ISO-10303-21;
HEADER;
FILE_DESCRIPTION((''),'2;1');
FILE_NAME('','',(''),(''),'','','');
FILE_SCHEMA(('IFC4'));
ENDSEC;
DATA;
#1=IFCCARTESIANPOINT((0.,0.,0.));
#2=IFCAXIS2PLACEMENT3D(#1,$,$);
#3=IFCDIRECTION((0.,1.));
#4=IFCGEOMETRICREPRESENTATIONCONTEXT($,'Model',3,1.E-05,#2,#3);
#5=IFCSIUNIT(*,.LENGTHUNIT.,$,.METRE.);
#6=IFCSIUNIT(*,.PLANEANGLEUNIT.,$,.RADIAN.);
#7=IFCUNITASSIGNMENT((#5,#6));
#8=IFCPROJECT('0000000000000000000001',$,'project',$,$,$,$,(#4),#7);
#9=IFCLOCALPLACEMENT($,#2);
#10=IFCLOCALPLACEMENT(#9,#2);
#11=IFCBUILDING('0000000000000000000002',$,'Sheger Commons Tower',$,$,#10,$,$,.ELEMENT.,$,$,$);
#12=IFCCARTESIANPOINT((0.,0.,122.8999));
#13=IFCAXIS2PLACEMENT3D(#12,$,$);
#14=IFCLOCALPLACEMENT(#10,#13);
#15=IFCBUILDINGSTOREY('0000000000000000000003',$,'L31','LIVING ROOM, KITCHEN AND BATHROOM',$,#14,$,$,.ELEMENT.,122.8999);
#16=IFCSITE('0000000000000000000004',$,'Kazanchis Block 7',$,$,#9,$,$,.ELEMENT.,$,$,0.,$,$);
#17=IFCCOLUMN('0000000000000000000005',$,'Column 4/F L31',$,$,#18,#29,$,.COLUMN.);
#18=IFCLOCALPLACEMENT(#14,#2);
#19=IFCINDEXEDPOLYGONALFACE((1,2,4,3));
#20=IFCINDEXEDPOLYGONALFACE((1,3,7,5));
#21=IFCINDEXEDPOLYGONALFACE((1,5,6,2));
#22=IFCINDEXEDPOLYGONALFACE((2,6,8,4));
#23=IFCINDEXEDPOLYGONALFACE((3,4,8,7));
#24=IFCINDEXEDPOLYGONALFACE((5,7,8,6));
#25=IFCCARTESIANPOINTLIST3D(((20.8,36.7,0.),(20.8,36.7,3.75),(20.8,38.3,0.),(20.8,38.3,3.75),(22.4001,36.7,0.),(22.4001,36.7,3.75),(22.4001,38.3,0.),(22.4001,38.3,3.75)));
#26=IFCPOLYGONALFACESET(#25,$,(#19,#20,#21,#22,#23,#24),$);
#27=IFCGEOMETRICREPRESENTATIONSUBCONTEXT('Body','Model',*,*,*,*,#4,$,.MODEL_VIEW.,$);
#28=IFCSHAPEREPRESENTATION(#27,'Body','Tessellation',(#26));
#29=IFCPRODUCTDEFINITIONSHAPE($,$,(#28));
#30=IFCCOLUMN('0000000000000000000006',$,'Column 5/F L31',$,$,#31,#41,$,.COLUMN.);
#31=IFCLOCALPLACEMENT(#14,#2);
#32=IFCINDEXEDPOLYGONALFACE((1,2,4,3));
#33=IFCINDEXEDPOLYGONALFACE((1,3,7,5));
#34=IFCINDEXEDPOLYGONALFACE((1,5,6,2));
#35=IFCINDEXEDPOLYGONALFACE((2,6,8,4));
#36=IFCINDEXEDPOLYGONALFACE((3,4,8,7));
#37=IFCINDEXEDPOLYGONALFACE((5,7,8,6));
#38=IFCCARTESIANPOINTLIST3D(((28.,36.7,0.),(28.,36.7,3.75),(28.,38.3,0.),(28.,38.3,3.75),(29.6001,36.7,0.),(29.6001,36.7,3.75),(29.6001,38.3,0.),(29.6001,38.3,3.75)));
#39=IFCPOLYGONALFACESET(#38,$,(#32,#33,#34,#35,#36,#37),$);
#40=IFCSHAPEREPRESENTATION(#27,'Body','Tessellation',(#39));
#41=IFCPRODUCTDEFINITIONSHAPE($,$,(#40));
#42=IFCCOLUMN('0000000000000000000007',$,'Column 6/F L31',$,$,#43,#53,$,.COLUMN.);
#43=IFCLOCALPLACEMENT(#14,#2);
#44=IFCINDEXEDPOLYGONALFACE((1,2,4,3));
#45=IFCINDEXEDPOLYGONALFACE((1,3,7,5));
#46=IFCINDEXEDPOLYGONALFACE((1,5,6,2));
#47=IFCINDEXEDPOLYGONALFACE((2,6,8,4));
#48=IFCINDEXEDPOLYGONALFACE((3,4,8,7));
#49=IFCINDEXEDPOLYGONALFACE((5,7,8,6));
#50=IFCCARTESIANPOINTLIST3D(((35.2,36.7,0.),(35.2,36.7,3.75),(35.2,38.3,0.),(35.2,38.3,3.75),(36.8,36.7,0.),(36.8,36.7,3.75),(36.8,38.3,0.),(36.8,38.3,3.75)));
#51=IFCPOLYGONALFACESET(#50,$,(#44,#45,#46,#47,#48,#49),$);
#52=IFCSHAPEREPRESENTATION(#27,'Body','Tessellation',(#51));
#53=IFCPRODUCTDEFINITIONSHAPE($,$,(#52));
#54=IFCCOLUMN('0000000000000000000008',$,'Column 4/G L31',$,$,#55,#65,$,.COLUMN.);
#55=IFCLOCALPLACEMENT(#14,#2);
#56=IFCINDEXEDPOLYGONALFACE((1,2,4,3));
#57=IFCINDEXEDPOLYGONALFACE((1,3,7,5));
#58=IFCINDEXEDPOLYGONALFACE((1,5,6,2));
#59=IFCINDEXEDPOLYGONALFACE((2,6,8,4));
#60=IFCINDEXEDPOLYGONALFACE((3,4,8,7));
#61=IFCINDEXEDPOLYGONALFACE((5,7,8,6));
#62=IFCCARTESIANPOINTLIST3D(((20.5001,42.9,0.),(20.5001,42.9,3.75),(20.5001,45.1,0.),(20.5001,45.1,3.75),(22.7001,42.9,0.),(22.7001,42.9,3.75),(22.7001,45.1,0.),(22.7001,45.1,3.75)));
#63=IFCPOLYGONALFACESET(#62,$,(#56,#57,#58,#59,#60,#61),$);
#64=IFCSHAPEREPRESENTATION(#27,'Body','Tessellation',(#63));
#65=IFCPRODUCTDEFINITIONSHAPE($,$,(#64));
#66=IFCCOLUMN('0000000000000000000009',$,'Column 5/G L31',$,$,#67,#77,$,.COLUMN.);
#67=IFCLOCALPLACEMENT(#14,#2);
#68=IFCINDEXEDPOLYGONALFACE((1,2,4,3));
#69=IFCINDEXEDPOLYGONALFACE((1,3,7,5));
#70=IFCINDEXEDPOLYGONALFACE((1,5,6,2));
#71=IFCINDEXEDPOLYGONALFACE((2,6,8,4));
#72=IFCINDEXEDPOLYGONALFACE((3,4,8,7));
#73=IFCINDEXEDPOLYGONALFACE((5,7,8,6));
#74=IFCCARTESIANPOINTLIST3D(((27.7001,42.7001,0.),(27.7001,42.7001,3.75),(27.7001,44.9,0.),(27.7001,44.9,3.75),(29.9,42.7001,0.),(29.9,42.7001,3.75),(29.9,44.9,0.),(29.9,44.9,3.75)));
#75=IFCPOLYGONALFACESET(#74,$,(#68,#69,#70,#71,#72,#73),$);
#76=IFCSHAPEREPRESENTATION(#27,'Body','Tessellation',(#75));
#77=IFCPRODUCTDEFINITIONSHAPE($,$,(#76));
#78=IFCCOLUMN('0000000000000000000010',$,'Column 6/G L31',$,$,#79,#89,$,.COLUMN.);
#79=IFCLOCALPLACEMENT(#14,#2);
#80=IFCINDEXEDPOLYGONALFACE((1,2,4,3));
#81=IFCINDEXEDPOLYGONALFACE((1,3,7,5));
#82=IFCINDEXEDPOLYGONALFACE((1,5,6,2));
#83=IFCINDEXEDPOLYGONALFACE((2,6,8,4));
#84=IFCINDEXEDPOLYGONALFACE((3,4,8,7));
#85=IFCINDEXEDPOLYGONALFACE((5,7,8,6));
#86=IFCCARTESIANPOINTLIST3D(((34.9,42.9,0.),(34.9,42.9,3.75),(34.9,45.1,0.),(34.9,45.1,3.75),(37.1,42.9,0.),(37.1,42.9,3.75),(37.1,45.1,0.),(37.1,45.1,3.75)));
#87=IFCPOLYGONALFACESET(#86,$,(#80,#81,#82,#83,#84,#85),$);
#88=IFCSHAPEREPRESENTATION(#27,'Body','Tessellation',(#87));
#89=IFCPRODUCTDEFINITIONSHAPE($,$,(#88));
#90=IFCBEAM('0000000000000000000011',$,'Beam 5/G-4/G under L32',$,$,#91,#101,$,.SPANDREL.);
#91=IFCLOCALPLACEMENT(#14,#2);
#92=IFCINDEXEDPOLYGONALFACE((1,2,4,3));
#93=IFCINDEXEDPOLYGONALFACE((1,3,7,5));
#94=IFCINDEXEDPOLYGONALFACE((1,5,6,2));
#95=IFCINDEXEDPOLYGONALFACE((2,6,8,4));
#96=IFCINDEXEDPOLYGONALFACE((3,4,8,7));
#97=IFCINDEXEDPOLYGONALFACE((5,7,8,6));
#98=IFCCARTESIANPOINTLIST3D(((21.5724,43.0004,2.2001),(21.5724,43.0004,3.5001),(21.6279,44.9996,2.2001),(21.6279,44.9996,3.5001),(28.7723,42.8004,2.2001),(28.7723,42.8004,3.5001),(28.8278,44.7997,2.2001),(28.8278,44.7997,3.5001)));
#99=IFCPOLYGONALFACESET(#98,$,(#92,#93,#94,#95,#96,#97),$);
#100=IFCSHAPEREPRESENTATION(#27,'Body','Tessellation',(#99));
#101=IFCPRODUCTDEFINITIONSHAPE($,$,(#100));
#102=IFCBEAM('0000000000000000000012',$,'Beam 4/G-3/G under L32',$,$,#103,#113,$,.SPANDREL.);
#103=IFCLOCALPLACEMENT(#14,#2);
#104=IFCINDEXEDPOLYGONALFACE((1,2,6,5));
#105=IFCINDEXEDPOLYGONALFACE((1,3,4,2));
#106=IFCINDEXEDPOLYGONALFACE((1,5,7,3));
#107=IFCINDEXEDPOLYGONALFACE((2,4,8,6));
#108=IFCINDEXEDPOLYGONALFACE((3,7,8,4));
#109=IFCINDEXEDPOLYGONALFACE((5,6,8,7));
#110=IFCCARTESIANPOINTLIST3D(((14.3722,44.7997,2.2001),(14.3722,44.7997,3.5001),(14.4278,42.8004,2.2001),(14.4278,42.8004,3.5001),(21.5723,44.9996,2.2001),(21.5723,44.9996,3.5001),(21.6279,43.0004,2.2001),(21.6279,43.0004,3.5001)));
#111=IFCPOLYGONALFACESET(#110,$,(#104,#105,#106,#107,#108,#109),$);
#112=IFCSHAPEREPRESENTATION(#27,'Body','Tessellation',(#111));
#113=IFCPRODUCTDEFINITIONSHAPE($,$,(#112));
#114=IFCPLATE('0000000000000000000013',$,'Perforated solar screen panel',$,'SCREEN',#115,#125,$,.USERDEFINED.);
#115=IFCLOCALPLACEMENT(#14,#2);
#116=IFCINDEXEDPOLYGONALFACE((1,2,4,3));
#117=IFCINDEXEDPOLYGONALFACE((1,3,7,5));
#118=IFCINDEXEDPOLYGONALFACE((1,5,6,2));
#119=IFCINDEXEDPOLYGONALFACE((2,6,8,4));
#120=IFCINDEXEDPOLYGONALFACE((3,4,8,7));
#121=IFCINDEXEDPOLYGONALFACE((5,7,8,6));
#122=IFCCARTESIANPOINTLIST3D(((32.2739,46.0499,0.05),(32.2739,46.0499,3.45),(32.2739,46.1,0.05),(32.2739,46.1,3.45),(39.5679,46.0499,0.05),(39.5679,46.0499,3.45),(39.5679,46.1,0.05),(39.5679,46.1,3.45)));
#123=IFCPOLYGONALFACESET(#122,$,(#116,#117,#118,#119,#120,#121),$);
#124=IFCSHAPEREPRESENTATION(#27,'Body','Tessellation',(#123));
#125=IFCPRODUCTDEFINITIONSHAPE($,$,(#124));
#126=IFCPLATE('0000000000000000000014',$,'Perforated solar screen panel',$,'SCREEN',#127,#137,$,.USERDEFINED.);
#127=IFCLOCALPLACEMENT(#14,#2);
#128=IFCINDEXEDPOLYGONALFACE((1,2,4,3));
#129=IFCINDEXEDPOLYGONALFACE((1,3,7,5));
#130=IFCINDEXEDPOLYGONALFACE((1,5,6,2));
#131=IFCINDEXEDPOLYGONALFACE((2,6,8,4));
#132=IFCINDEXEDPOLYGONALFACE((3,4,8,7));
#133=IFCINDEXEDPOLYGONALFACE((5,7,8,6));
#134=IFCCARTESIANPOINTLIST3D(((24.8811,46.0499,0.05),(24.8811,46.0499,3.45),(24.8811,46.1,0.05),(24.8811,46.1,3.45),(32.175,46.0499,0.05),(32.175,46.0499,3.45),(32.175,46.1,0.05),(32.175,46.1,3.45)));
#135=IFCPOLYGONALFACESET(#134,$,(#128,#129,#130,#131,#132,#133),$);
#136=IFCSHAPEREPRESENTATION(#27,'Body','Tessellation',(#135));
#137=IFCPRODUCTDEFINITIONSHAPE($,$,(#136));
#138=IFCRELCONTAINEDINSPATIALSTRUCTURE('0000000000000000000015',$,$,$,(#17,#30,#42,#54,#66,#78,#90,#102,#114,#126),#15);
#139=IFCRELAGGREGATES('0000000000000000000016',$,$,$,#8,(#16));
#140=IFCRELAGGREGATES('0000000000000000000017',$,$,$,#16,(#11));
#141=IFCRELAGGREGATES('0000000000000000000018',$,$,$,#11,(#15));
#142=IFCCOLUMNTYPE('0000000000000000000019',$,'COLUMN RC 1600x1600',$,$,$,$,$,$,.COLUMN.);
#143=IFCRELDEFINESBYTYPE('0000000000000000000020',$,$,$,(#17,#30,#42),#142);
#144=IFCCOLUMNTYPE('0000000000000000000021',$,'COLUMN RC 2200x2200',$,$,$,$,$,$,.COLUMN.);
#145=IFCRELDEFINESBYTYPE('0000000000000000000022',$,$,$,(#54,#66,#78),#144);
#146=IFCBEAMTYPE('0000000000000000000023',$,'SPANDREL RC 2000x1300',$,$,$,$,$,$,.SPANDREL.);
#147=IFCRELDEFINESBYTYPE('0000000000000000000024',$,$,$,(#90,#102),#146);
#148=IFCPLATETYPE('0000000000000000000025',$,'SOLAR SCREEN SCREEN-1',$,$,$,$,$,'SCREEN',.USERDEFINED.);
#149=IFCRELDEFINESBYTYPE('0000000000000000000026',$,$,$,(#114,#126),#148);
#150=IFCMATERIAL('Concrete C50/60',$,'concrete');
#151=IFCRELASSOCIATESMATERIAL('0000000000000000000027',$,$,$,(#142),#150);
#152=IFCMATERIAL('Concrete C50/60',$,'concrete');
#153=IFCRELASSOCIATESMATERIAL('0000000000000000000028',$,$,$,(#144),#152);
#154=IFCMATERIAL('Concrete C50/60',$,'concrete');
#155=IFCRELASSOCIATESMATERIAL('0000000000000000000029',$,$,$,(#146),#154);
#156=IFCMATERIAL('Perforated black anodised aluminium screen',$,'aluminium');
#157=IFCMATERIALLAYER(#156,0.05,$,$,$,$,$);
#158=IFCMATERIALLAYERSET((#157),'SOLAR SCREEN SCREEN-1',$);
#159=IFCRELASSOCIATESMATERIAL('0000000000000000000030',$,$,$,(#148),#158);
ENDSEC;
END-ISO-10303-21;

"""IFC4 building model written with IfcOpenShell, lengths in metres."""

from ifc_helpers import new_model, si_unit, direction, frame, origin, origin_2d, place, context, subcontext, project, spatial, rectangle, extrude, material, layer, layer_set, material_profile, profile_set, type_object, element, save


model = new_model("IFC4")

# Units and contexts
model_context = context("Model", 3, precision=1e-05, world=origin(), true_north=direction((0.0, 1.0)))
body_context = subcontext(model_context, "Body", "Model", "MODEL_VIEW")
ifc_project = project(units=[si_unit("LENGTHUNIT", "METRE"), si_unit("PLANEANGLEUNIT", "RADIAN")], contexts=[model_context])

# Site, building, storey
site_placement = place(None, origin())
site = spatial("IfcSite", under=ifc_project, at=site_placement, Name="Kazanchis Block 7", CompositionType="ELEMENT", RefElevation=0.0)
building_placement = place(site_placement, origin())
building = spatial("IfcBuilding", under=site, at=building_placement, Name="Sheger Commons Tower", CompositionType="ELEMENT")
storey_placement = place(building_placement, frame((0.0, 0.0, 122.8999)))
storey = spatial("IfcBuildingStorey", under=building, at=storey_placement, Name="L31", Description="LIVING ROOM, KITCHEN AND BATHROOM", CompositionType="ELEMENT", Elevation=122.8999)

# Columns
ifc_material_1 = material(Name="Concrete C50/60", Category="concrete")
ifc_material_profile_1 = material_profile(ifc_material_1, rectangle(XDim=1.6001, YDim=1.6001, at=origin_2d()), Name="RC 1600x1600")
ifc_profile_set_1 = profile_set([ifc_material_profile_1], Name="Concrete C50/60")
column_type_1 = type_object("IfcColumnType", Name="COLUMN RC 1600x1600", PredefinedType="COLUMN", material=ifc_profile_set_1)
for number, where, z_axis, x_axis, name in (
    (1, (21.6001, 37.5, 0.0), (0.0, 0.0, 1.0), (1.0, 0.0, 0.0), "Column 4/F L31"),
    (2, (28.8, 37.5, 0.0), (0.0, 0.0, 1.0), (1.0, 0.0, 0.0), "Column 5/F L31"),
    (3, (36.0, 37.5, 0.0), (0.0, 0.0, 1.0), (1.0, 0.0, 0.0), "Column 6/F L31"),
):
    element("IfcColumn", number, at=place(storey_placement, frame(where, z_axis=z_axis, x_axis=x_axis)), inside=storey, type_object=column_type_1, Name=name, PredefinedType="COLUMN", context=body_context, shape_type="SweptSolid", body=[
        extrude(rectangle(XDim=1.6001, YDim=1.6001, at=origin_2d()), origin(), (0.0, 0.0, 1.0), 3.75),
    ])
ifc_material_2 = material(Name="Concrete C50/60", Category="concrete")
ifc_material_profile_2 = material_profile(ifc_material_2, rectangle(XDim=2.2, YDim=2.2, at=origin_2d()), Name="RC 2200x2200")
ifc_profile_set_2 = profile_set([ifc_material_profile_2], Name="Concrete C50/60")
column_type_2 = type_object("IfcColumnType", Name="COLUMN RC 2200x2200", PredefinedType="COLUMN", material=ifc_profile_set_2)
for number, where, z_axis, x_axis, name in (
    (4, (21.6001, 44.0, 0.0), (0.0, 0.0, 1.0), (1.0, 0.0, 0.0), "Column 4/G L31"),
    (5, (28.8, 43.8, 0.0), (0.0, 0.0, 1.0), (1.0, 0.0, 0.0), "Column 5/G L31"),
    (6, (36.0, 44.0, 0.0), (0.0, 0.0, 1.0), (1.0, 0.0, 0.0), "Column 6/G L31"),
):
    element("IfcColumn", number, at=place(storey_placement, frame(where, z_axis=z_axis, x_axis=x_axis)), inside=storey, type_object=column_type_2, Name=name, PredefinedType="COLUMN", context=body_context, shape_type="SweptSolid", body=[
        extrude(rectangle(XDim=2.2, YDim=2.2, at=origin_2d()), origin(), (0.0, 0.0, 1.0), 3.75),
    ])

# Beams
ifc_material_3 = material(Name="Concrete C50/60", Category="concrete")
ifc_material_profile_3 = material_profile(ifc_material_3, rectangle(XDim=2.0, YDim=1.3, at=origin_2d()), Name="RC 2000x1300")
ifc_profile_set_3 = profile_set([ifc_material_profile_3], Name="Concrete C50/60")
beam_type = type_object("IfcBeamType", Name="SPANDREL RC 2000x1300", PredefinedType="SPANDREL", material=ifc_profile_set_3)
beam_1_placement = place(storey_placement, frame((28.8, 43.8, 2.8501), z_axis=(-0.999615, 0.02776, 0.0), x_axis=(-0.02776, -0.999615, 0.0)))
element("IfcBeam", 7, at=beam_1_placement, inside=storey, type_object=beam_type, Name="Beam 5/G-4/G under L32", PredefinedType="SPANDREL", context=body_context, shape_type="SweptSolid", body=[
    extrude(rectangle(XDim=2.0, YDim=1.3, at=origin_2d()), origin(), (0.0, 0.0, 1.0), 7.2026),
])
beam_2_placement = place(storey_placement, frame((21.6001, 44.0, 2.8501), z_axis=(-0.999615, -0.02776, 0.0), x_axis=(0.02776, -0.999615, 0.0)))
element("IfcBeam", 8, at=beam_2_placement, inside=storey, type_object=beam_type, Name="Beam 4/G-3/G under L32", PredefinedType="SPANDREL", context=body_context, shape_type="SweptSolid", body=[
    extrude(rectangle(XDim=2.0, YDim=1.3, at=origin_2d()), origin(), (0.0, 0.0, 1.0), 7.2029),
])

# Plates
ifc_material_4 = material(Name="Perforated black anodised aluminium screen", Category="aluminium")
ifc_layer_1 = layer(ifc_material_4, 0.05)
ifc_layer_set_1 = layer_set([ifc_layer_1], Name="SOLAR SCREEN SCREEN-1")
plate_type = type_object("IfcPlateType", Name="SOLAR SCREEN SCREEN-1", ElementType="SCREEN", PredefinedType="USERDEFINED", material=ifc_layer_set_1)
for number, where, z_axis, x_axis, name in (
    (9, (35.9209, 46.075, 0.05), (0.0, 0.0, 1.0), (-1.0, 0.0, 0.0), "Perforated solar screen panel"),
    (10, (28.5281, 46.075, 0.05), (0.0, 0.0, 1.0), (-1.0, 0.0, 0.0), "Perforated solar screen panel"),
):
    element("IfcPlate", number, at=place(storey_placement, frame(where, z_axis=z_axis, x_axis=x_axis)), inside=storey, type_object=plate_type, Name=name, ObjectType="SCREEN", PredefinedType="USERDEFINED", context=body_context, shape_type="SweptSolid", body=[
        extrude(rectangle(XDim=7.2939, YDim=0.05, at=origin_2d()), origin(), (0.0, 0.0, 1.0), 3.3999),
    ])

save(model, "model.ifc")
